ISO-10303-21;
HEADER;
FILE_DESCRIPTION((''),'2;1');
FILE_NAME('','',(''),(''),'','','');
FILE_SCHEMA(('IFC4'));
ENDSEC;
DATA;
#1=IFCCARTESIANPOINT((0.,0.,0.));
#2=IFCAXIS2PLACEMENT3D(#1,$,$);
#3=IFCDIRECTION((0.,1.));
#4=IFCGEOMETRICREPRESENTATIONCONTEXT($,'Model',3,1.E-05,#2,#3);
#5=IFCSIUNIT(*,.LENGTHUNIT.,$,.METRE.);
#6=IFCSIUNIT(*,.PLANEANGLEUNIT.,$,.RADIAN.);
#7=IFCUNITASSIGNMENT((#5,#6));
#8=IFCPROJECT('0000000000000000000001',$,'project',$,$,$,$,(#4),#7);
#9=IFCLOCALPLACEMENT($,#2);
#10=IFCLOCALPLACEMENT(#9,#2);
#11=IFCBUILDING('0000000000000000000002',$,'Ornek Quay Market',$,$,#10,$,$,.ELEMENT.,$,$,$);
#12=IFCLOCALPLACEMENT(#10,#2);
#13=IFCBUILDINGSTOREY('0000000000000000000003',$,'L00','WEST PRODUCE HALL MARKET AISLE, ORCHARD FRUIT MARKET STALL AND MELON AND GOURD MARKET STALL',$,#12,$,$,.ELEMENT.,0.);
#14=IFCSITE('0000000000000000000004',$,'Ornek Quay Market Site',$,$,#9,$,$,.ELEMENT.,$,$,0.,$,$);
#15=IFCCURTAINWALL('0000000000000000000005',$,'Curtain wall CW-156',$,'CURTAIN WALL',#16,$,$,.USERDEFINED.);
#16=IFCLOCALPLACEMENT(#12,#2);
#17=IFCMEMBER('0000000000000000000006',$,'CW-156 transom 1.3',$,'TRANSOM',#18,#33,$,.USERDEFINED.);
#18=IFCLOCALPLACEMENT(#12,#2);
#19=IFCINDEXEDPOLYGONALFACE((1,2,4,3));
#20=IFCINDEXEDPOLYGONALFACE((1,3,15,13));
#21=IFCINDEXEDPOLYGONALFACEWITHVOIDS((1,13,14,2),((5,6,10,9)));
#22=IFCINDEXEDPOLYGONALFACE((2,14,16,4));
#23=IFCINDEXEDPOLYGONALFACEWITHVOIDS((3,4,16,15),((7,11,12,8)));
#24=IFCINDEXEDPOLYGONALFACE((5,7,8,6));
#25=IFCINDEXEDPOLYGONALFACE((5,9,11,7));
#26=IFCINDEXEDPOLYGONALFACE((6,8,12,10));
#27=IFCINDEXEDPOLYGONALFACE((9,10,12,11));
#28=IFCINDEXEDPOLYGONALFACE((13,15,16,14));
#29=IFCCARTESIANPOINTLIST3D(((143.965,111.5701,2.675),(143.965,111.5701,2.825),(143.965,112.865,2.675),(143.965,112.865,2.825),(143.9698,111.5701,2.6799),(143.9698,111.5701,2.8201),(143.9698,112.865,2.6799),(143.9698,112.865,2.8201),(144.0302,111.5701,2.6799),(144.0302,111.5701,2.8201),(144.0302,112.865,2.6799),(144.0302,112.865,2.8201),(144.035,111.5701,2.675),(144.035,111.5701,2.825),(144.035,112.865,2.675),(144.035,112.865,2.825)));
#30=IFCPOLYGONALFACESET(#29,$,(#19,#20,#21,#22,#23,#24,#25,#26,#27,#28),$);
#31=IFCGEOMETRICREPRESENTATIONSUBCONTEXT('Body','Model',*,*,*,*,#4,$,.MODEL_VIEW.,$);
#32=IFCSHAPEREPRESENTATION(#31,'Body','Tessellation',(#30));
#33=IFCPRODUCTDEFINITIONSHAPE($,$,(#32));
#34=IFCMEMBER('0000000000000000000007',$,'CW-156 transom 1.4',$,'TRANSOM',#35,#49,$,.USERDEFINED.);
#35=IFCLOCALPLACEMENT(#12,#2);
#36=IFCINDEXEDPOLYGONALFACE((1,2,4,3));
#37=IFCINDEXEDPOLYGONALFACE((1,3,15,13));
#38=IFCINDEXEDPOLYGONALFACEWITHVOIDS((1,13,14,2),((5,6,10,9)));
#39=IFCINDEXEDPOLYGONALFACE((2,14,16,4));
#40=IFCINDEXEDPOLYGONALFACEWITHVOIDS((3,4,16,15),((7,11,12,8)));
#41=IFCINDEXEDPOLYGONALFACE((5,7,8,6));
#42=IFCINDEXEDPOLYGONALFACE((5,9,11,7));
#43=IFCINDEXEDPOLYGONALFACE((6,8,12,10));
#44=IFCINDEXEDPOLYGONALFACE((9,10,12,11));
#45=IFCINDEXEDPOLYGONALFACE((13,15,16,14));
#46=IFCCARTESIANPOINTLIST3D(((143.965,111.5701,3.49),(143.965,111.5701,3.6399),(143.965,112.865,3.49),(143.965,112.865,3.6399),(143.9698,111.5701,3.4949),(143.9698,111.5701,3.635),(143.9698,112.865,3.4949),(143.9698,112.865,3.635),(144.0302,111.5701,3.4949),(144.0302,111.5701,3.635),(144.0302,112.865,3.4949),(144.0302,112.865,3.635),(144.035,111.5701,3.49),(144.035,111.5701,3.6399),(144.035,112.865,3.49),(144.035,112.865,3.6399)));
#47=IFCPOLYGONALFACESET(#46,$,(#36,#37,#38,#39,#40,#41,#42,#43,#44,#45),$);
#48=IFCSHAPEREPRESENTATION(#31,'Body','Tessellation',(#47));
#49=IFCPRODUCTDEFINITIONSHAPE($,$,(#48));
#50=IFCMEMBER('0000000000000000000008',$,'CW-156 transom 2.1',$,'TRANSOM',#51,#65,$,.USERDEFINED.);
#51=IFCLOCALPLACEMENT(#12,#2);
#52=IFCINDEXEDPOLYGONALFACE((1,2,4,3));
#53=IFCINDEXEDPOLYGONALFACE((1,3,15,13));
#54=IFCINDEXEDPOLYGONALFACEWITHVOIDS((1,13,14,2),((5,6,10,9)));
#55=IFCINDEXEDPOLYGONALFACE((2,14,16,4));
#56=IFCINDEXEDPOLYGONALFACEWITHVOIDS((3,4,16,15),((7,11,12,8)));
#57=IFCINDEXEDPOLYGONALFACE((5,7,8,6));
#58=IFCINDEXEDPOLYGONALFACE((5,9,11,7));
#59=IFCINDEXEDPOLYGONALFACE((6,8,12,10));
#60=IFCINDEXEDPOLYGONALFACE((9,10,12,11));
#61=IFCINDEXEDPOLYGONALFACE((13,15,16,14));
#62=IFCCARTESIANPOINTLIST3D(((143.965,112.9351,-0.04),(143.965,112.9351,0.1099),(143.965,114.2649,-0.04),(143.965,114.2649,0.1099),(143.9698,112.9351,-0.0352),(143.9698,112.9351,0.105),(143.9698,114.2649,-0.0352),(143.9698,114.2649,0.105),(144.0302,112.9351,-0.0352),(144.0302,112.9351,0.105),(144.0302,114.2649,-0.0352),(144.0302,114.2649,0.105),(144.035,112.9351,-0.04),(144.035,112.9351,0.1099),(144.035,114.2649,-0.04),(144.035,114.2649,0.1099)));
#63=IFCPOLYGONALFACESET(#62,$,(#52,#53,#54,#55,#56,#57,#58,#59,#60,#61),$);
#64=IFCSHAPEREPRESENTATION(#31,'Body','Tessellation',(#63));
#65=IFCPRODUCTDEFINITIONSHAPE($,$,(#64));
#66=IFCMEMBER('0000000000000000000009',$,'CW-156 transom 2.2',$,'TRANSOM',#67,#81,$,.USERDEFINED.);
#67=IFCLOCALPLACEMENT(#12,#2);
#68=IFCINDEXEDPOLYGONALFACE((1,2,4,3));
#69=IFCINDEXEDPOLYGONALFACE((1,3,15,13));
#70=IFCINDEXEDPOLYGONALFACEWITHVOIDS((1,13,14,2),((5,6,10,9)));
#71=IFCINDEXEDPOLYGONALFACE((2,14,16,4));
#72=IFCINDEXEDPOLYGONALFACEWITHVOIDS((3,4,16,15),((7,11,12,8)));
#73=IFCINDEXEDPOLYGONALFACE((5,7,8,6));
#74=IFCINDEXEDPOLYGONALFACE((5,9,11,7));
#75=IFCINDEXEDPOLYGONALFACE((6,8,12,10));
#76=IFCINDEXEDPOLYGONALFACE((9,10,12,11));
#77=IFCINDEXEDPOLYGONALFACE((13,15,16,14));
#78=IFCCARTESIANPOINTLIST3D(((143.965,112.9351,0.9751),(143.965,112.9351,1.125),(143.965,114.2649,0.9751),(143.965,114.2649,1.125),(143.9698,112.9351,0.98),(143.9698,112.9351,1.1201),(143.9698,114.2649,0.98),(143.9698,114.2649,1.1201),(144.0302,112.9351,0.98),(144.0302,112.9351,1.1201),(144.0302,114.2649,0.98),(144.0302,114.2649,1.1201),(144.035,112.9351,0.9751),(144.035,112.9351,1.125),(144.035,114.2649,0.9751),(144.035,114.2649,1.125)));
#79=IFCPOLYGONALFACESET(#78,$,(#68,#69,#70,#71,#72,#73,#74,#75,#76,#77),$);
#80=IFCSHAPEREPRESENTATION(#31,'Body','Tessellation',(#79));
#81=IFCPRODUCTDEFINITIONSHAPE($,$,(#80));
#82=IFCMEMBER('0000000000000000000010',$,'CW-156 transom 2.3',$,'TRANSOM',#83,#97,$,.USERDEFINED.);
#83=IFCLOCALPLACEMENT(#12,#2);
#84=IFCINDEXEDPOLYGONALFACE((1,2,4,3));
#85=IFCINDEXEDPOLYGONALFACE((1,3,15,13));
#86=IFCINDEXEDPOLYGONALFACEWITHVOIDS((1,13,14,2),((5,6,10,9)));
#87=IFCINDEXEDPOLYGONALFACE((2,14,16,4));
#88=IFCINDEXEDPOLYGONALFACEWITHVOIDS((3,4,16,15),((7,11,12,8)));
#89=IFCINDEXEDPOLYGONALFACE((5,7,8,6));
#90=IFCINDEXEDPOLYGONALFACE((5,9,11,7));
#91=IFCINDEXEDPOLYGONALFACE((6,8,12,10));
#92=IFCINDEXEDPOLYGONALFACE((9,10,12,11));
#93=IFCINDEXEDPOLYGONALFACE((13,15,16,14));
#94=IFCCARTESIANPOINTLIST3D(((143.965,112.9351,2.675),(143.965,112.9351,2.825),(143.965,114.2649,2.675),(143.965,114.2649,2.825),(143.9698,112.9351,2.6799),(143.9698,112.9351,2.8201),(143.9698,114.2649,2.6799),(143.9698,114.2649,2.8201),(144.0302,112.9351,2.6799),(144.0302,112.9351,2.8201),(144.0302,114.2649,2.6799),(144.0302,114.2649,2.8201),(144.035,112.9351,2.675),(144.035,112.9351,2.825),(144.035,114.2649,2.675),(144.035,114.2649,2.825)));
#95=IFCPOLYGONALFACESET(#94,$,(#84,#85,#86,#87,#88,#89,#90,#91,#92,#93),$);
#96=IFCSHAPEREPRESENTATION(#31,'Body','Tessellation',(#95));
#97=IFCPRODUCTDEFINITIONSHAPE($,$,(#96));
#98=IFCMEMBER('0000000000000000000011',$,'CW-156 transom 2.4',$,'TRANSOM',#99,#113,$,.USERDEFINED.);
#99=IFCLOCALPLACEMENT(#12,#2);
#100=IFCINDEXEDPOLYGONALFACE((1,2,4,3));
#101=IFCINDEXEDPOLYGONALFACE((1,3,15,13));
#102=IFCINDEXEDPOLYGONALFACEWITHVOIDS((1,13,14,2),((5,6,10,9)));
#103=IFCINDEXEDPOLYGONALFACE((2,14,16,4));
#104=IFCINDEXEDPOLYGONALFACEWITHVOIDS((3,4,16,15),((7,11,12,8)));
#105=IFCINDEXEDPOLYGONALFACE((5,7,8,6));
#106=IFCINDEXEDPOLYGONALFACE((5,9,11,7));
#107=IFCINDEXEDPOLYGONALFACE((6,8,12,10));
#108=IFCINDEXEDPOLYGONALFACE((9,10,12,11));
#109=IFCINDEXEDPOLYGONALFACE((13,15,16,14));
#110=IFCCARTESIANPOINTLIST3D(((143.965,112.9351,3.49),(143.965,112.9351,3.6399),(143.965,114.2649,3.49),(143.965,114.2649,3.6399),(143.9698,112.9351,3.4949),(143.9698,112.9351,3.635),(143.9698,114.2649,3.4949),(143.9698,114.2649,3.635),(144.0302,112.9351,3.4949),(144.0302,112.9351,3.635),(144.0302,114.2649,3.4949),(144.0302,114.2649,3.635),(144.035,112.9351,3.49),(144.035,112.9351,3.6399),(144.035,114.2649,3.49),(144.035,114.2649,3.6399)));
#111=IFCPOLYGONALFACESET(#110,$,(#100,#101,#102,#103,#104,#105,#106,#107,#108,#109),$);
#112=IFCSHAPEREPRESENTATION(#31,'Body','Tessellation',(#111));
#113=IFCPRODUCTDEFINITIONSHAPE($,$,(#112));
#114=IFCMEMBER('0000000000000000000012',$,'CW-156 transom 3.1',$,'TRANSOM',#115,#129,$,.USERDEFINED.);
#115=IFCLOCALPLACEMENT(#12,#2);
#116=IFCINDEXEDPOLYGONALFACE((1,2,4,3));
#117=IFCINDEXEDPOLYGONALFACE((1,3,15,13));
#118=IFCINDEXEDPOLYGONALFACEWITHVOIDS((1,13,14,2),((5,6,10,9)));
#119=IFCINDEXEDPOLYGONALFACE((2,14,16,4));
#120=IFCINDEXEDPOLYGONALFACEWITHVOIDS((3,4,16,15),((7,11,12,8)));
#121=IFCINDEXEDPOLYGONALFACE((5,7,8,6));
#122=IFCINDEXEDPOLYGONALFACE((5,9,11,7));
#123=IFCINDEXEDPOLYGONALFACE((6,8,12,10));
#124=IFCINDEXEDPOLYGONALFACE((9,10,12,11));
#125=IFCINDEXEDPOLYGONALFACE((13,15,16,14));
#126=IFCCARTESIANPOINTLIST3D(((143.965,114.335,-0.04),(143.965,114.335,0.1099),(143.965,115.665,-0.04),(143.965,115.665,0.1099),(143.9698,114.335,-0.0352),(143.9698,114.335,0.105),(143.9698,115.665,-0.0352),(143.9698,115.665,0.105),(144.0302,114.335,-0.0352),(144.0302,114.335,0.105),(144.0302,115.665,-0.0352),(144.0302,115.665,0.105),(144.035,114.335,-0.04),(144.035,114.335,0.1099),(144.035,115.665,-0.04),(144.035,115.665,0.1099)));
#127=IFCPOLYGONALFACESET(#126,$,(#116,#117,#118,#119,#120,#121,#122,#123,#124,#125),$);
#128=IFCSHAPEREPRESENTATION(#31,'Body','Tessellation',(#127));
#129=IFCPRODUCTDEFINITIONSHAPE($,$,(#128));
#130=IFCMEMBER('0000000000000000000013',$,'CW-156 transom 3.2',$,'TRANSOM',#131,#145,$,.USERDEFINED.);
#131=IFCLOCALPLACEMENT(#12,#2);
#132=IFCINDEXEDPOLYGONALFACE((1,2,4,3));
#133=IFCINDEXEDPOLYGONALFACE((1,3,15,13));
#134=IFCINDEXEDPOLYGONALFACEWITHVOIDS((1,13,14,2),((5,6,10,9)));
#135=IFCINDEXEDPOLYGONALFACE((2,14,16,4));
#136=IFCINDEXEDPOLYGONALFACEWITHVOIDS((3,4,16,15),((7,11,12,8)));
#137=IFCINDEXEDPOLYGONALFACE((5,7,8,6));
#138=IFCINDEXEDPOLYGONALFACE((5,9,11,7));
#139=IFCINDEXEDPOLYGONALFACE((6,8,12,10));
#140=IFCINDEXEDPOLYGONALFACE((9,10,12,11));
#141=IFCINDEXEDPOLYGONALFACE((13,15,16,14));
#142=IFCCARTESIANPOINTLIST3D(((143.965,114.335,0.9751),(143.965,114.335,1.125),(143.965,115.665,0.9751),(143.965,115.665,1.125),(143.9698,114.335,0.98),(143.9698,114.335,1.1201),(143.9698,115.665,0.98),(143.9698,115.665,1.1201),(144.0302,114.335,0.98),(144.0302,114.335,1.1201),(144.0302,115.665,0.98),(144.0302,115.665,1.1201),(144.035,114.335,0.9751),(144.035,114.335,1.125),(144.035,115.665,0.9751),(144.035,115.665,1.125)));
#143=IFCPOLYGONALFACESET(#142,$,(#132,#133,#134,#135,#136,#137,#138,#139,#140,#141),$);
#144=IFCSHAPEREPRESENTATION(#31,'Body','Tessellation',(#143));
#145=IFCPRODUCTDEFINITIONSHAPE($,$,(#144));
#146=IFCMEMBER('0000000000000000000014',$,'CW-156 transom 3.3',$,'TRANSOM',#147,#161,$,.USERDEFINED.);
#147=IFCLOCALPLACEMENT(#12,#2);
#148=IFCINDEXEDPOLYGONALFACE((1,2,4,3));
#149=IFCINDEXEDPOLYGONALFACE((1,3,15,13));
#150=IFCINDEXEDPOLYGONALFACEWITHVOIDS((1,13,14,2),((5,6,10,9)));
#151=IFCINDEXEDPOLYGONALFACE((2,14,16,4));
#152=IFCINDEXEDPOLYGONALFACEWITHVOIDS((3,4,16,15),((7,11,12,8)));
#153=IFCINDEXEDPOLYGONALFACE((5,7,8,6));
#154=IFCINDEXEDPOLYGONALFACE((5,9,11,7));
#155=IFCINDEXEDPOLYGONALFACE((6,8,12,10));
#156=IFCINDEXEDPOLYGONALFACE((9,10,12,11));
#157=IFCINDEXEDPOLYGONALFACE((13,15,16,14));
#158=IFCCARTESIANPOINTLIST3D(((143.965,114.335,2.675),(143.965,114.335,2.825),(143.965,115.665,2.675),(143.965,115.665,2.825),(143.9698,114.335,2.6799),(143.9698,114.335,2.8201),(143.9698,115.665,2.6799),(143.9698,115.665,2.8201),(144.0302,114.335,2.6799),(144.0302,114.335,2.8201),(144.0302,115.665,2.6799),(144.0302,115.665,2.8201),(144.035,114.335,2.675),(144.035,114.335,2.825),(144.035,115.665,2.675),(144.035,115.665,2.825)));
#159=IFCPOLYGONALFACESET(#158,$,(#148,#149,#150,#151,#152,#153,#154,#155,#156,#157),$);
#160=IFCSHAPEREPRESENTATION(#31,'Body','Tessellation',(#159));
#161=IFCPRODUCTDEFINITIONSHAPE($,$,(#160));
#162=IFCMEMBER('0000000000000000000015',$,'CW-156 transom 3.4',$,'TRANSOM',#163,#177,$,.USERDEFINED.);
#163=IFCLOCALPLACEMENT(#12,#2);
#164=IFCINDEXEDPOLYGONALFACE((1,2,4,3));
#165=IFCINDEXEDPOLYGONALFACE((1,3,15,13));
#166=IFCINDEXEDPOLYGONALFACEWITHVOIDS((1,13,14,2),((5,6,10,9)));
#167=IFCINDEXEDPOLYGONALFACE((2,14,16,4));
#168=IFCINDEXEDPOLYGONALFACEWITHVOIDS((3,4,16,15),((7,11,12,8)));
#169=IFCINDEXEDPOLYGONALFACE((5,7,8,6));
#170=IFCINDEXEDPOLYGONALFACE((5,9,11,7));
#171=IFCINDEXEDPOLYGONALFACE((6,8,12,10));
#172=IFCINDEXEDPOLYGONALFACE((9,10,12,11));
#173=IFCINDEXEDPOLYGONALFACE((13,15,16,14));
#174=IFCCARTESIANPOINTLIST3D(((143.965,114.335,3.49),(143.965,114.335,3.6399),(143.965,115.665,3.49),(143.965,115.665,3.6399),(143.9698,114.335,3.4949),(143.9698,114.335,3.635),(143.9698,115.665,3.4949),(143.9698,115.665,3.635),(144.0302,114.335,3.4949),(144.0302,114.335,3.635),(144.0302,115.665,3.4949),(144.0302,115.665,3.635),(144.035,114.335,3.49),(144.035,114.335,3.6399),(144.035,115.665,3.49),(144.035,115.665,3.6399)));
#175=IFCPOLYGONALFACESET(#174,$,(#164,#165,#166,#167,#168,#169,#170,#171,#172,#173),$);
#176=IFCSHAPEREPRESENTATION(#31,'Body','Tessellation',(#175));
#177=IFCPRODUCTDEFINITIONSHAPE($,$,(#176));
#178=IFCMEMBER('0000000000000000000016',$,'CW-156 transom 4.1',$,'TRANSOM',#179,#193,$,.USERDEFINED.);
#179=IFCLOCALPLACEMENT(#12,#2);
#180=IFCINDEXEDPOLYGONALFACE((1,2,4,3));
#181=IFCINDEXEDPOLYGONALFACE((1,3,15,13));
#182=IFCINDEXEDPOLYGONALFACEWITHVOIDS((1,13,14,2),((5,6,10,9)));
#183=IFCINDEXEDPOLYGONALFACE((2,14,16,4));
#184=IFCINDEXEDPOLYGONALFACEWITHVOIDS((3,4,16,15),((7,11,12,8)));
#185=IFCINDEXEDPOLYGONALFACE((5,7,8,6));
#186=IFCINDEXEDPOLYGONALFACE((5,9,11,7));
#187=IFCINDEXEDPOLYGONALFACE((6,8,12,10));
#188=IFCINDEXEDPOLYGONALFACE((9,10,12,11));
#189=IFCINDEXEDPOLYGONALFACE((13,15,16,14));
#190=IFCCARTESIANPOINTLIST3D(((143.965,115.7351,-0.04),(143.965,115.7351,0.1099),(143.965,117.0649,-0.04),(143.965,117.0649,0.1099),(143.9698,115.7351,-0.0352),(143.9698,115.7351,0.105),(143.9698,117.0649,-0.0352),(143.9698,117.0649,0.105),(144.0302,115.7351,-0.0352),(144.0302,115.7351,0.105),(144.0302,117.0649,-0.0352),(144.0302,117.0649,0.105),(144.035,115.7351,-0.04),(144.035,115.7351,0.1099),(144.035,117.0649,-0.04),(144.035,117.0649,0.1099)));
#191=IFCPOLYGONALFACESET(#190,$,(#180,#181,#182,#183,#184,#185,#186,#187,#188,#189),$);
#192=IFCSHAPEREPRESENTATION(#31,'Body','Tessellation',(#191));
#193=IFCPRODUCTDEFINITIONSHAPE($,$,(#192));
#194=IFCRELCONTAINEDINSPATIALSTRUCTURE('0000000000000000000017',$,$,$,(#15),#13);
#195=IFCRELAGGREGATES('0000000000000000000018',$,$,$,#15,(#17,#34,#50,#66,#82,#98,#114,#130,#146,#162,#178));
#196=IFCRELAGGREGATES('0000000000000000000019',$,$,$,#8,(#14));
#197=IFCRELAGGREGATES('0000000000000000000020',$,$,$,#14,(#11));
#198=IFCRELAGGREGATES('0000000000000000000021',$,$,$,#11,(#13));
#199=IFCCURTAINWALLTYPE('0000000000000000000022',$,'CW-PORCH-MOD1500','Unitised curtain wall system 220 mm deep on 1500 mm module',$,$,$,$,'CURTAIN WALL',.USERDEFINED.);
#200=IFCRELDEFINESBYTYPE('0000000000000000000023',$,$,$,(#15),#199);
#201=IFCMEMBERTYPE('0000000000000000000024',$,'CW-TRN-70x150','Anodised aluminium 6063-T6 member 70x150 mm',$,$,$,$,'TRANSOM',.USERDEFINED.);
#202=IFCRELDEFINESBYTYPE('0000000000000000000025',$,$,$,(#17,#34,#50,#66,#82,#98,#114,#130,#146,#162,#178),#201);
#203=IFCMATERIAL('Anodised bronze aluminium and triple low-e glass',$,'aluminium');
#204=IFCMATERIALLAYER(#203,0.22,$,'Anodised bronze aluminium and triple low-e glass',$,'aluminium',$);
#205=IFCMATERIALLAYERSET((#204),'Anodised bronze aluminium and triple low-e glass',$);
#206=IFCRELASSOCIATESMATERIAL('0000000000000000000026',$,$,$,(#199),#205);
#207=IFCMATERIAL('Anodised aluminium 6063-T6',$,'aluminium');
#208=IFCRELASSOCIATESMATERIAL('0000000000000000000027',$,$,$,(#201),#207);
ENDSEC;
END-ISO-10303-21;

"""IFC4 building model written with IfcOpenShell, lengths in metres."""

from ifc_helpers import new_model, si_unit, direction, frame, origin, origin_2d, place, context, subcontext, project, spatial, hollow_rectangle, extrude, material, layer, layer_set, material_profile, profile_set, type_object, element, aggregate, save


model = new_model("IFC4")

# Units and contexts
model_context = context("Model", 3, precision=1e-05, world=origin(), true_north=direction((0.0, 1.0)))
body_context = subcontext(model_context, "Body", "Model", "MODEL_VIEW")
ifc_project = project(units=[si_unit("LENGTHUNIT", "METRE"), si_unit("PLANEANGLEUNIT", "RADIAN")], contexts=[model_context])

# Site, building, storey
site_placement = place(None, origin())
site = spatial("IfcSite", under=ifc_project, at=site_placement, Name="Ornek Quay Market Site", CompositionType="ELEMENT", RefElevation=0.0)
building_placement = place(site_placement, origin())
building = spatial("IfcBuilding", under=site, at=building_placement, Name="Ornek Quay Market", CompositionType="ELEMENT")
storey_placement = place(building_placement, origin())
storey = spatial("IfcBuildingStorey", under=building, at=storey_placement, Name="L00", Description="WEST PRODUCE HALL MARKET AISLE, ORCHARD FRUIT MARKET STALL AND MELON AND GOURD MARKET STALL", CompositionType="ELEMENT", Elevation=0.0)

# Shared definitions
ifc_material_1 = material(Name="Anodised bronze aluminium and triple low-e glass", Category="aluminium")
ifc_layer_1 = layer(ifc_material_1, 0.22, Name="Anodised bronze aluminium and triple low-e glass", Category="aluminium")
ifc_layer_set_1 = layer_set([ifc_layer_1], Name="Anodised bronze aluminium and triple low-e glass")
curtain_wall_type = type_object("IfcCurtainWallType", Name="CW-PORCH-MOD1500", Description="Unitised curtain wall system 220 mm deep on 1500 mm module", ElementType="CURTAIN WALL", PredefinedType="USERDEFINED", material=ifc_layer_set_1)
ifc_material_2 = material(Name="Anodised aluminium 6063-T6", Category="aluminium")

# Curtain wall
curtain_wall_1_placement = place(storey_placement, origin())
curtain_wall_1 = element("IfcCurtainWall", 1, at=curtain_wall_1_placement, inside=storey, type_object=curtain_wall_type, Name="Curtain wall CW-156", ObjectType="CURTAIN WALL", PredefinedType="USERDEFINED")

# Members
ifc_material_profile_1 = material_profile(ifc_material_2, hollow_rectangle(XDim=0.0701, YDim=0.1499, WallThickness=0.0049, at=origin_2d()), Name="CW-TRN-70x150", Category="aluminium")
ifc_profile_set_1 = profile_set([ifc_material_profile_1], Name="Anodised aluminium 6063-T6")
member_type_1 = type_object("IfcMemberType", Name="CW-TRN-70x150", Description="Anodised aluminium 6063-T6 member 70x150 mm", ElementType="TRANSOM", PredefinedType="USERDEFINED", material=ifc_profile_set_1)
member_1_placement = place(storey_placement, frame((144.0, 111.5701, 2.75), z_axis=(0.0, 1.0, 0.0), x_axis=(-1.0, 0.0, 0.0)))
member_1 = element("IfcMember", 2, at=member_1_placement, type_object=member_type_1, Name="CW-156 transom 1.3", ObjectType="TRANSOM", PredefinedType="USERDEFINED", context=body_context, shape_type="SweptSolid", body=[
    extrude(hollow_rectangle(XDim=0.0701, YDim=0.1499, WallThickness=0.0049, at=origin_2d()), origin(), (0.0, 0.0, 1.0), 1.2949),
])
member_2_placement = place(storey_placement, frame((144.0, 111.5701, 3.5649), z_axis=(0.0, 1.0, 0.0), x_axis=(-1.0, 0.0, 0.0)))
member_2 = element("IfcMember", 3, at=member_2_placement, type_object=member_type_1, Name="CW-156 transom 1.4", ObjectType="TRANSOM", PredefinedType="USERDEFINED", context=body_context, shape_type="SweptSolid", body=[
    extrude(hollow_rectangle(XDim=0.0701, YDim=0.1499, WallThickness=0.0049, at=origin_2d()), origin(), (0.0, 0.0, 1.0), 1.2949),
])
member_3_placement = place(storey_placement, frame((144.0, 112.9351, 0.0349), z_axis=(0.0, 1.0, 0.0), x_axis=(-1.0, 0.0, 0.0)))
member_3 = element("IfcMember", 4, at=member_3_placement, type_object=member_type_1, Name="CW-156 transom 2.1", ObjectType="TRANSOM", PredefinedType="USERDEFINED", context=body_context, shape_type="SweptSolid", body=[
    extrude(hollow_rectangle(XDim=0.0701, YDim=0.1499, WallThickness=0.0049, at=origin_2d()), origin(), (0.0, 0.0, 1.0), 1.3298),
])
member_4_placement = place(storey_placement, frame((144.0, 112.9351, 1.05), z_axis=(0.0, 1.0, 0.0), x_axis=(-1.0, 0.0, 0.0)))
member_4 = element("IfcMember", 5, at=member_4_placement, type_object=member_type_1, Name="CW-156 transom 2.2", ObjectType="TRANSOM", PredefinedType="USERDEFINED", context=body_context, shape_type="SweptSolid", body=[
    extrude(hollow_rectangle(XDim=0.0701, YDim=0.1499, WallThickness=0.0049, at=origin_2d()), origin(), (0.0, 0.0, 1.0), 1.3298),
])
member_5_placement = place(storey_placement, frame((144.0, 112.9351, 2.75), z_axis=(0.0, 1.0, 0.0), x_axis=(-1.0, 0.0, 0.0)))
member_5 = element("IfcMember", 6, at=member_5_placement, type_object=member_type_1, Name="CW-156 transom 2.3", ObjectType="TRANSOM", PredefinedType="USERDEFINED", context=body_context, shape_type="SweptSolid", body=[
    extrude(hollow_rectangle(XDim=0.0701, YDim=0.1499, WallThickness=0.0049, at=origin_2d()), origin(), (0.0, 0.0, 1.0), 1.3298),
])
member_6_placement = place(storey_placement, frame((144.0, 112.9351, 3.5649), z_axis=(0.0, 1.0, 0.0), x_axis=(-1.0, 0.0, 0.0)))
member_6 = element("IfcMember", 7, at=member_6_placement, type_object=member_type_1, Name="CW-156 transom 2.4", ObjectType="TRANSOM", PredefinedType="USERDEFINED", context=body_context, shape_type="SweptSolid", body=[
    extrude(hollow_rectangle(XDim=0.0701, YDim=0.1499, WallThickness=0.0049, at=origin_2d()), origin(), (0.0, 0.0, 1.0), 1.3298),
])
member_7_placement = place(storey_placement, frame((144.0, 114.335, 0.0349), z_axis=(0.0, 1.0, 0.0), x_axis=(-1.0, 0.0, 0.0)))
member_7 = element("IfcMember", 8, at=member_7_placement, type_object=member_type_1, Name="CW-156 transom 3.1", ObjectType="TRANSOM", PredefinedType="USERDEFINED", context=body_context, shape_type="SweptSolid", body=[
    extrude(hollow_rectangle(XDim=0.0701, YDim=0.1499, WallThickness=0.0049, at=origin_2d()), origin(), (0.0, 0.0, 1.0), 1.3301),
])
member_8_placement = place(storey_placement, frame((144.0, 114.335, 1.05), z_axis=(0.0, 1.0, 0.0), x_axis=(-1.0, 0.0, 0.0)))
member_8 = element("IfcMember", 9, at=member_8_placement, type_object=member_type_1, Name="CW-156 transom 3.2", ObjectType="TRANSOM", PredefinedType="USERDEFINED", context=body_context, shape_type="SweptSolid", body=[
    extrude(hollow_rectangle(XDim=0.0701, YDim=0.1499, WallThickness=0.0049, at=origin_2d()), origin(), (0.0, 0.0, 1.0), 1.3301),
])
member_9_placement = place(storey_placement, frame((144.0, 114.335, 2.75), z_axis=(0.0, 1.0, 0.0), x_axis=(-1.0, 0.0, 0.0)))
member_9 = element("IfcMember", 10, at=member_9_placement, type_object=member_type_1, Name="CW-156 transom 3.3", ObjectType="TRANSOM", PredefinedType="USERDEFINED", context=body_context, shape_type="SweptSolid", body=[
    extrude(hollow_rectangle(XDim=0.0701, YDim=0.1499, WallThickness=0.0049, at=origin_2d()), origin(), (0.0, 0.0, 1.0), 1.3301),
])
member_10_placement = place(storey_placement, frame((144.0, 114.335, 3.5649), z_axis=(0.0, 1.0, 0.0), x_axis=(-1.0, 0.0, 0.0)))
member_10 = element("IfcMember", 11, at=member_10_placement, type_object=member_type_1, Name="CW-156 transom 3.4", ObjectType="TRANSOM", PredefinedType="USERDEFINED", context=body_context, shape_type="SweptSolid", body=[
    extrude(hollow_rectangle(XDim=0.0701, YDim=0.1499, WallThickness=0.0049, at=origin_2d()), origin(), (0.0, 0.0, 1.0), 1.3301),
])
member_11_placement = place(storey_placement, frame((144.0, 115.7351, 0.0349), z_axis=(0.0, 1.0, 0.0), x_axis=(-1.0, 0.0, 0.0)))
member_11 = element("IfcMember", 12, at=member_11_placement, type_object=member_type_1, Name="CW-156 transom 4.1", ObjectType="TRANSOM", PredefinedType="USERDEFINED", context=body_context, shape_type="SweptSolid", body=[
    extrude(hollow_rectangle(XDim=0.0701, YDim=0.1499, WallThickness=0.0049, at=origin_2d()), origin(), (0.0, 0.0, 1.0), 1.3298),
])

aggregate(curtain_wall_1, [member_1, member_2, member_3, member_4, member_5, member_6, member_7, member_8, member_9, member_10, member_11])

save(model, "model.ifc")
